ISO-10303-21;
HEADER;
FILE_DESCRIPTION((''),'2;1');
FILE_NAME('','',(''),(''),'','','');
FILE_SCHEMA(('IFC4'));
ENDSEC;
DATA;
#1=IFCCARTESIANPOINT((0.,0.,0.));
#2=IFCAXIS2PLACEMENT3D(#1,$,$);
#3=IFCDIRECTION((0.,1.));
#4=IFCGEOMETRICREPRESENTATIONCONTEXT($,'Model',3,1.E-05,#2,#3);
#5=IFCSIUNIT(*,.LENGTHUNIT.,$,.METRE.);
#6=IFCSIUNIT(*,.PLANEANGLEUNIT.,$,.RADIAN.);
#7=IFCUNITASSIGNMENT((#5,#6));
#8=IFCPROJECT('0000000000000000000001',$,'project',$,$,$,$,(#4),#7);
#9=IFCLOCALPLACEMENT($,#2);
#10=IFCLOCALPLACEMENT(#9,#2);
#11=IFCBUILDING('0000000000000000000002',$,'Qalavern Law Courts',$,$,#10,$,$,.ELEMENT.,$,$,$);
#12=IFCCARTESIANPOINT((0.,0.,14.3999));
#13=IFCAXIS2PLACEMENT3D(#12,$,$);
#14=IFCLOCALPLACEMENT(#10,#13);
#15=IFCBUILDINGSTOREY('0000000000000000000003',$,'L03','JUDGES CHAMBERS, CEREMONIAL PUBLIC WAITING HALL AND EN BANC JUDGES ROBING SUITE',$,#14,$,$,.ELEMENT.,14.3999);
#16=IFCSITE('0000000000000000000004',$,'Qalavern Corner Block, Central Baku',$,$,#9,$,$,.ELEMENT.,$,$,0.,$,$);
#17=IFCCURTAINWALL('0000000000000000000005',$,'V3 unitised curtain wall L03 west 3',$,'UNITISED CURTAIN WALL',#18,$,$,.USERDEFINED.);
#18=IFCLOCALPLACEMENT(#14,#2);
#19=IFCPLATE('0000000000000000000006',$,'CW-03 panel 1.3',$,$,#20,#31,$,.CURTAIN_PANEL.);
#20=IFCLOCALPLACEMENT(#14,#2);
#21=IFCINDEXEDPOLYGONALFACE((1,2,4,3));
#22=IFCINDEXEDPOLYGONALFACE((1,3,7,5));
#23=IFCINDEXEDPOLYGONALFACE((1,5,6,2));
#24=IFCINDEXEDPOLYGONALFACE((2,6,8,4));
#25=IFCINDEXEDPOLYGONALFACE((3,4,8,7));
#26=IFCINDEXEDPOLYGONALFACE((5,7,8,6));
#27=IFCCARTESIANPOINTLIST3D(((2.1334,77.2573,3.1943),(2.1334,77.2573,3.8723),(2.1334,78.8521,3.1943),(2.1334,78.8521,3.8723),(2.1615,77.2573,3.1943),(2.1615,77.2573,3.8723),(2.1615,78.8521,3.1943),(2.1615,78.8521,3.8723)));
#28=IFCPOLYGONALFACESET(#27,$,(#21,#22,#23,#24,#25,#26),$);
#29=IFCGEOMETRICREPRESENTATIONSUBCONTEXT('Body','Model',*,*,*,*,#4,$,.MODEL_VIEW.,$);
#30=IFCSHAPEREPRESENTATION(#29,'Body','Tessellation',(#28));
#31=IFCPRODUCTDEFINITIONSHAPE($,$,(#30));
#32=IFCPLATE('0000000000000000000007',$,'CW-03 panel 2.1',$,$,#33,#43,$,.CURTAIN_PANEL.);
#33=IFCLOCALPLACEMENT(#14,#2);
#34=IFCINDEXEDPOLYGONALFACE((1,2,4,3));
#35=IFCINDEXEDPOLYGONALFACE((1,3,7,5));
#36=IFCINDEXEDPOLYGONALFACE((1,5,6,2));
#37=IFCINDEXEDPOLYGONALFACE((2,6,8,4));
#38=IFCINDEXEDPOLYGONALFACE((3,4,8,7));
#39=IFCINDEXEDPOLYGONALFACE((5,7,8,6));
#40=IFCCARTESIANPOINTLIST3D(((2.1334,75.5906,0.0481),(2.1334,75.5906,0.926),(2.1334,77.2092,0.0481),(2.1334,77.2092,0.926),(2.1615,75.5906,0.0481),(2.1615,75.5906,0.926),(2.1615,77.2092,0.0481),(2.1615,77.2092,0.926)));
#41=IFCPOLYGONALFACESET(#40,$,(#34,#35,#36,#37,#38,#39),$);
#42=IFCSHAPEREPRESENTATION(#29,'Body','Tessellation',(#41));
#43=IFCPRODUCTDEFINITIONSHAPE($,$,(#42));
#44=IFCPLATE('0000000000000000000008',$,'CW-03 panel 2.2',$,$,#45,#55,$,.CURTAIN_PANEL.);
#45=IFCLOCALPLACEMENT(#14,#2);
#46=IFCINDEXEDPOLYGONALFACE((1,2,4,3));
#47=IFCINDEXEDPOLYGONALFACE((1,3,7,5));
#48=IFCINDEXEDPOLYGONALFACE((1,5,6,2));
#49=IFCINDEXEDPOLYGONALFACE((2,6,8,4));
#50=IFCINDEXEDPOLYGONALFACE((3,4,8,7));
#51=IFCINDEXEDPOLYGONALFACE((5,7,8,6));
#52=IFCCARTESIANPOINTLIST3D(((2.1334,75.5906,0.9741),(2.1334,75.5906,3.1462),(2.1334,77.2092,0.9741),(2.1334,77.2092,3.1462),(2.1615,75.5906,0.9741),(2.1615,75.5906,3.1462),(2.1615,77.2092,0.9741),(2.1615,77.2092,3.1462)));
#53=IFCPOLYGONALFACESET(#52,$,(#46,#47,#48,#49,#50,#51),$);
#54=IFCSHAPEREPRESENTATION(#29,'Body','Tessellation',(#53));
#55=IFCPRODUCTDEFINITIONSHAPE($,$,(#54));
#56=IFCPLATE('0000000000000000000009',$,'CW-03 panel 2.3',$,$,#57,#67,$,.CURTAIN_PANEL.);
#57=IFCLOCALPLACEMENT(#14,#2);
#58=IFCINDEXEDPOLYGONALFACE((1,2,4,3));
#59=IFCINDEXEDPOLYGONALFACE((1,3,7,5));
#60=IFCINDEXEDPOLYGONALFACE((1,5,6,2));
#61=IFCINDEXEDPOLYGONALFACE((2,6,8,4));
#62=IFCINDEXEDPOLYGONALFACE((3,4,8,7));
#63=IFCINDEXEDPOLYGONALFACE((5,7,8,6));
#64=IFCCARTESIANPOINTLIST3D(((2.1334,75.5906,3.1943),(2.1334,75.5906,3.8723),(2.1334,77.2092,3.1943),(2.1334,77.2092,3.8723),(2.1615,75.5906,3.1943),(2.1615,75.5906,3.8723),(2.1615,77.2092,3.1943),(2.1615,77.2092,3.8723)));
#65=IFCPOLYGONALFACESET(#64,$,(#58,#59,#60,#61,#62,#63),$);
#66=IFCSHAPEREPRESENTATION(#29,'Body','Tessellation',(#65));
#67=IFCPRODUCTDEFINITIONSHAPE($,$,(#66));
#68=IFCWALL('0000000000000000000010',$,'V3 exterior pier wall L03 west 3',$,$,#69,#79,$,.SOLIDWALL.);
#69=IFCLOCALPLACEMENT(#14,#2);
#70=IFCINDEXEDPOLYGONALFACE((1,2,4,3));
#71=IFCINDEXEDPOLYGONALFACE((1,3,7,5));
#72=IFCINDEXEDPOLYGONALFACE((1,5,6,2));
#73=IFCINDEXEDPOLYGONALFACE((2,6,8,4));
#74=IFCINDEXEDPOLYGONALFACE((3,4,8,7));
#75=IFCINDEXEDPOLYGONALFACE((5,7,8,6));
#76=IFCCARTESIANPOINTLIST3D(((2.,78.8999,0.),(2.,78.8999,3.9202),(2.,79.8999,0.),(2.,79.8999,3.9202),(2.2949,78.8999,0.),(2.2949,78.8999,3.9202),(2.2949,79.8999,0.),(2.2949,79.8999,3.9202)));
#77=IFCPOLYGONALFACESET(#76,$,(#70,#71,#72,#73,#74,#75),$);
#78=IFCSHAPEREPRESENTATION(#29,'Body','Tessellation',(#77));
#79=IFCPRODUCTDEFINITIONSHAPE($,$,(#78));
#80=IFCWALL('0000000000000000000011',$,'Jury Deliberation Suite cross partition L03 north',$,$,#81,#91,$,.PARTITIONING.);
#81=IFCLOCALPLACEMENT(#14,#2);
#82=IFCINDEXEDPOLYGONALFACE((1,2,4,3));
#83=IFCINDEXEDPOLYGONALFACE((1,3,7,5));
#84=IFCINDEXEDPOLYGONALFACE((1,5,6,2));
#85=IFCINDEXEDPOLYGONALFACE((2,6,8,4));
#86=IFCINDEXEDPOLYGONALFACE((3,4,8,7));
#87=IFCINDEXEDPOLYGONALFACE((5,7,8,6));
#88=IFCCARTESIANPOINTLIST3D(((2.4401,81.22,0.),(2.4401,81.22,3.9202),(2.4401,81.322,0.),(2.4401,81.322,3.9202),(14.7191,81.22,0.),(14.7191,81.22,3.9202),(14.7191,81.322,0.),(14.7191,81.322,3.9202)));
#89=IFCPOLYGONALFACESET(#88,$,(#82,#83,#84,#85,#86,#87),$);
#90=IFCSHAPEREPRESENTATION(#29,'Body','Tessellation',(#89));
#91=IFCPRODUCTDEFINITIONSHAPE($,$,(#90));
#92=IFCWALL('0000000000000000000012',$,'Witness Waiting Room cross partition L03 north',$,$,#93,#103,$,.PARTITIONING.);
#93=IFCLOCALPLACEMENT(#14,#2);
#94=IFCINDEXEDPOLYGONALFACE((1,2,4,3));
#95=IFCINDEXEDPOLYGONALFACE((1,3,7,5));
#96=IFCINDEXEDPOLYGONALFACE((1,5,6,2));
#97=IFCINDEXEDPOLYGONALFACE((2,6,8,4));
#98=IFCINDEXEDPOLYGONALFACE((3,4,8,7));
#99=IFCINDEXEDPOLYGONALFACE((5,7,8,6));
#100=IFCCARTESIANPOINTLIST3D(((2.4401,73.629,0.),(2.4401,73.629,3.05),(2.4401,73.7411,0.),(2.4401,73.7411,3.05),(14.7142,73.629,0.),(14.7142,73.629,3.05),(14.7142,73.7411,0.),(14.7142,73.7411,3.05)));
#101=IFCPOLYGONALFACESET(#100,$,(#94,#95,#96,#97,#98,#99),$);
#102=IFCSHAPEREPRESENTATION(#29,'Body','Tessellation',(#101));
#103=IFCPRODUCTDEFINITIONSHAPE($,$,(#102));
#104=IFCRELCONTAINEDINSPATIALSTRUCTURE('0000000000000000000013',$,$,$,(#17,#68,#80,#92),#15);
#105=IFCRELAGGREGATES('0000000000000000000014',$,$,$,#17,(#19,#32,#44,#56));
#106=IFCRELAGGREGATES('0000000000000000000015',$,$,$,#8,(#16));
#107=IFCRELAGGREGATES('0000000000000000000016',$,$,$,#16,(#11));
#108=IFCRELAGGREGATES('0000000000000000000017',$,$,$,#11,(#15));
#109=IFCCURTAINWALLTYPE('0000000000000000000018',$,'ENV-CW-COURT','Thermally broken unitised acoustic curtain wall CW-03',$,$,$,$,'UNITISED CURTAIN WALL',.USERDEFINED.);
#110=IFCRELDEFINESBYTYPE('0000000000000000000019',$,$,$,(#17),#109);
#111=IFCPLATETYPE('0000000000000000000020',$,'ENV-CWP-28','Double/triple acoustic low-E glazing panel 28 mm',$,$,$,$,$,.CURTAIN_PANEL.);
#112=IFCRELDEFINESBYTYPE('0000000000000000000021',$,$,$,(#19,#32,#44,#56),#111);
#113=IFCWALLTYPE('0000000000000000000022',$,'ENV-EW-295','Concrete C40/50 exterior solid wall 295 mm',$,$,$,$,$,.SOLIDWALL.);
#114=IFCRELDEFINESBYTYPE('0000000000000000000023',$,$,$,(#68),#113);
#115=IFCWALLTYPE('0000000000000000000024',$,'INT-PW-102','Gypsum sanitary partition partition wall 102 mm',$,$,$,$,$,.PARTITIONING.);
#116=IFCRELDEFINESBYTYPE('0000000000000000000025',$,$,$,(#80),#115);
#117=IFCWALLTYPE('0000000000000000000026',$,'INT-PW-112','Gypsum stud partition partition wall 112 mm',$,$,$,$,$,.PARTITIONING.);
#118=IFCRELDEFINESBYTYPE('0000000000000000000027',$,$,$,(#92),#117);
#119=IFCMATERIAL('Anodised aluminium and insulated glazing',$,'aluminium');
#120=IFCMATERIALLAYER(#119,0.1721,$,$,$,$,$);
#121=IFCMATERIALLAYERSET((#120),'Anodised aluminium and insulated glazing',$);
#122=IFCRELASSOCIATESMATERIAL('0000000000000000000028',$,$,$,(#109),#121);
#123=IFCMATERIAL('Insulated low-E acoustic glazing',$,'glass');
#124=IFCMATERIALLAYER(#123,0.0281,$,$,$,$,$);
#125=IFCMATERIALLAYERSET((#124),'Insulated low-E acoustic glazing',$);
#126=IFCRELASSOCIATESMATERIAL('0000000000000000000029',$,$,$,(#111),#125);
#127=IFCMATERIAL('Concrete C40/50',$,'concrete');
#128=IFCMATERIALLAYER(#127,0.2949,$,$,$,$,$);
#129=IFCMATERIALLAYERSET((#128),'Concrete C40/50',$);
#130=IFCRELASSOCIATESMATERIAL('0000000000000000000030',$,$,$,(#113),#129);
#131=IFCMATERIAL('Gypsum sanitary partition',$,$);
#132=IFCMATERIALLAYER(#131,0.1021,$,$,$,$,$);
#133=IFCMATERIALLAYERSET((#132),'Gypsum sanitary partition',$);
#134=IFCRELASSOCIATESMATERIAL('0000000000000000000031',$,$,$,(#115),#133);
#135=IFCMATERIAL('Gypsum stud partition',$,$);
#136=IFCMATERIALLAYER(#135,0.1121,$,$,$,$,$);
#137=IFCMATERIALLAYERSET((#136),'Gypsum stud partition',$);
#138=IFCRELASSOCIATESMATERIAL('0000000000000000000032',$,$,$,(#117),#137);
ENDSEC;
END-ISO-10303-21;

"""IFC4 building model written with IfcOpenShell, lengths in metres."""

from ifc_helpers import new_model, si_unit, direction, frame, frame_2d, origin, origin_2d, place, context, subcontext, project, spatial, rectangle, extrude, material, layer, layer_set, type_object, element, aggregate, save


model = new_model("IFC4")

# Units and contexts
model_context = context("Model", 3, precision=1e-05, world=origin(), true_north=direction((0.0, 1.0)))
body_context = subcontext(model_context, "Body", "Model", "MODEL_VIEW")
ifc_project = project(units=[si_unit("LENGTHUNIT", "METRE"), si_unit("PLANEANGLEUNIT", "RADIAN")], contexts=[model_context])

# Site, building, storey
site_placement = place(None, origin())
site = spatial("IfcSite", under=ifc_project, at=site_placement, Name="Qalavern Corner Block, Central Baku", CompositionType="ELEMENT", RefElevation=0.0)
building_placement = place(site_placement, origin())
building = spatial("IfcBuilding", under=site, at=building_placement, Name="Qalavern Law Courts", CompositionType="ELEMENT")
storey_placement = place(building_placement, frame((0.0, 0.0, 14.3999)))
storey = spatial("IfcBuildingStorey", under=building, at=storey_placement, Name="L03", Description="JUDGES CHAMBERS, CEREMONIAL PUBLIC WAITING HALL AND EN BANC JUDGES ROBING SUITE", CompositionType="ELEMENT", Elevation=14.3999)

# Shared definitions
ifc_material_1 = material(Name="Anodised aluminium and insulated glazing", Category="aluminium")
ifc_layer_1 = layer(ifc_material_1, 0.1721)
ifc_layer_set_1 = layer_set([ifc_layer_1], Name="Anodised aluminium and insulated glazing")
curtain_wall_type = type_object("IfcCurtainWallType", Name="ENV-CW-COURT", Description="Thermally broken unitised acoustic curtain wall CW-03", ElementType="UNITISED CURTAIN WALL", PredefinedType="USERDEFINED", material=ifc_layer_set_1)

# Curtain wall
curtain_wall_1_placement = place(storey_placement, origin())
curtain_wall_1 = element("IfcCurtainWall", 1, at=curtain_wall_1_placement, inside=storey, type_object=curtain_wall_type, Name="V3 unitised curtain wall L03 west 3", ObjectType="UNITISED CURTAIN WALL", PredefinedType="USERDEFINED")

# Shared definitions
ifc_material_2 = material(Name="Concrete C40/50", Category="concrete")

# Plates
ifc_material_3 = material(Name="Insulated low-E acoustic glazing", Category="glass")
ifc_layer_2 = layer(ifc_material_3, 0.0281)
ifc_layer_set_2 = layer_set([ifc_layer_2], Name="Insulated low-E acoustic glazing")
plate_type_1 = type_object("IfcPlateType", Name="ENV-CWP-28", Description="Double/triple acoustic low-E glazing panel 28 mm", PredefinedType="CURTAIN_PANEL", material=ifc_layer_set_2)
plate_1_placement = place(storey_placement, frame((2.1475, 78.0547, 3.1943), z_axis=(0.0, 0.0, 1.0), x_axis=(0.0, -1.0, 0.0)))
plate_1 = element("IfcPlate", 2, at=plate_1_placement, type_object=plate_type_1, Name="CW-03 panel 1.3", PredefinedType="CURTAIN_PANEL", context=body_context, shape_type="SweptSolid", body=[
    extrude(rectangle(XDim=1.5947, YDim=0.0281, at=origin_2d()), origin(), (0.0, 0.0, 1.0), 0.678),
])
plate_2_placement = place(storey_placement, frame((2.1475, 76.3999, 0.0481), z_axis=(0.0, 0.0, 1.0), x_axis=(0.0, -1.0, 0.0)))
plate_2 = element("IfcPlate", 3, at=plate_2_placement, type_object=plate_type_1, Name="CW-03 panel 2.1", PredefinedType="CURTAIN_PANEL", context=body_context, shape_type="SweptSolid", body=[
    extrude(rectangle(XDim=1.6187, YDim=0.0281, at=origin_2d()), origin(), (0.0, 0.0, 1.0), 0.8779),
])
plate_3_placement = place(storey_placement, frame((2.1475, 76.3999, 0.9741), z_axis=(0.0, 0.0, 1.0), x_axis=(0.0, -1.0, 0.0)))
plate_3 = element("IfcPlate", 4, at=plate_3_placement, type_object=plate_type_1, Name="CW-03 panel 2.2", PredefinedType="CURTAIN_PANEL", context=body_context, shape_type="SweptSolid", body=[
    extrude(rectangle(XDim=1.6187, YDim=0.0281, at=origin_2d()), origin(), (0.0, 0.0, 1.0), 2.1721),
])
plate_4_placement = place(storey_placement, frame((2.1475, 76.3999, 3.1943), z_axis=(0.0, 0.0, 1.0), x_axis=(0.0, -1.0, 0.0)))
plate_4 = element("IfcPlate", 5, at=plate_4_placement, type_object=plate_type_1, Name="CW-03 panel 2.3", PredefinedType="CURTAIN_PANEL", context=body_context, shape_type="SweptSolid", body=[
    extrude(rectangle(XDim=1.6187, YDim=0.0281, at=origin_2d()), origin(), (0.0, 0.0, 1.0), 0.678),
])
aggregate(curtain_wall_1, [plate_1, plate_2, plate_3, plate_4])

# Walls
ifc_layer_3 = layer(ifc_material_2, 0.2949)
ifc_layer_set_3 = layer_set([ifc_layer_3], Name="Concrete C40/50")
wall_type_1 = type_object("IfcWallType", Name="ENV-EW-295", Description="Concrete C40/50 exterior solid wall 295 mm", PredefinedType="SOLIDWALL", material=ifc_layer_set_3)
wall_1_placement = place(storey_placement, frame((2.1475, 79.8999, 0.0), z_axis=(0.0, 0.0, 1.0), x_axis=(0.0, -1.0, 0.0)))
element("IfcWall", 6, at=wall_1_placement, inside=storey, type_object=wall_type_1, Name="V3 exterior pier wall L03 west 3", PredefinedType="SOLIDWALL", context=body_context, shape_type="SweptSolid", body=[
    extrude(rectangle(XDim=1.0, YDim=0.2949, at=frame_2d((0.5, 0.0))), origin(), (0.0, 0.0, 1.0), 3.9202),
])
ifc_material_4 = material(Name="Gypsum sanitary partition")
ifc_layer_4 = layer(ifc_material_4, 0.1021)
ifc_layer_set_4 = layer_set([ifc_layer_4], Name="Gypsum sanitary partition")
wall_type_2 = type_object("IfcWallType", Name="INT-PW-102", Description="Gypsum sanitary partition partition wall 102 mm", PredefinedType="PARTITIONING", material=ifc_layer_set_4)
wall_2_placement = place(storey_placement, frame((2.4399, 81.271, 0.0), z_axis=(0.0, 0.0, 1.0), x_axis=(1.0, 0.0, 0.0)))
element("IfcWall", 7, at=wall_2_placement, inside=storey, type_object=wall_type_2, Name="Jury Deliberation Suite cross partition L03 north", PredefinedType="PARTITIONING", context=body_context, shape_type="SweptSolid", body=[
    extrude(rectangle(XDim=12.2791, YDim=0.1021, at=frame_2d((6.1396, 0.0))), origin(), (0.0, 0.0, 1.0), 3.9202),
])
ifc_material_5 = material(Name="Gypsum stud partition")
ifc_layer_5 = layer(ifc_material_5, 0.1121)
ifc_layer_set_5 = layer_set([ifc_layer_5], Name="Gypsum stud partition")
wall_type_3 = type_object("IfcWallType", Name="INT-PW-112", Description="Gypsum stud partition partition wall 112 mm", PredefinedType="PARTITIONING", material=ifc_layer_set_5)
wall_3_placement = place(storey_placement, frame((2.4399, 73.6851, 0.0), z_axis=(0.0, 0.0, 1.0), x_axis=(1.0, 0.0, 0.0)))
element("IfcWall", 8, at=wall_3_placement, inside=storey, type_object=wall_type_3, Name="Witness Waiting Room cross partition L03 north", PredefinedType="PARTITIONING", context=body_context, shape_type="SweptSolid", body=[
    extrude(rectangle(XDim=12.2742, YDim=0.1121, at=frame_2d((6.1372, 0.0))), origin(), (0.0, 0.0, 1.0), 3.05),
])

save(model, "model.ifc")
